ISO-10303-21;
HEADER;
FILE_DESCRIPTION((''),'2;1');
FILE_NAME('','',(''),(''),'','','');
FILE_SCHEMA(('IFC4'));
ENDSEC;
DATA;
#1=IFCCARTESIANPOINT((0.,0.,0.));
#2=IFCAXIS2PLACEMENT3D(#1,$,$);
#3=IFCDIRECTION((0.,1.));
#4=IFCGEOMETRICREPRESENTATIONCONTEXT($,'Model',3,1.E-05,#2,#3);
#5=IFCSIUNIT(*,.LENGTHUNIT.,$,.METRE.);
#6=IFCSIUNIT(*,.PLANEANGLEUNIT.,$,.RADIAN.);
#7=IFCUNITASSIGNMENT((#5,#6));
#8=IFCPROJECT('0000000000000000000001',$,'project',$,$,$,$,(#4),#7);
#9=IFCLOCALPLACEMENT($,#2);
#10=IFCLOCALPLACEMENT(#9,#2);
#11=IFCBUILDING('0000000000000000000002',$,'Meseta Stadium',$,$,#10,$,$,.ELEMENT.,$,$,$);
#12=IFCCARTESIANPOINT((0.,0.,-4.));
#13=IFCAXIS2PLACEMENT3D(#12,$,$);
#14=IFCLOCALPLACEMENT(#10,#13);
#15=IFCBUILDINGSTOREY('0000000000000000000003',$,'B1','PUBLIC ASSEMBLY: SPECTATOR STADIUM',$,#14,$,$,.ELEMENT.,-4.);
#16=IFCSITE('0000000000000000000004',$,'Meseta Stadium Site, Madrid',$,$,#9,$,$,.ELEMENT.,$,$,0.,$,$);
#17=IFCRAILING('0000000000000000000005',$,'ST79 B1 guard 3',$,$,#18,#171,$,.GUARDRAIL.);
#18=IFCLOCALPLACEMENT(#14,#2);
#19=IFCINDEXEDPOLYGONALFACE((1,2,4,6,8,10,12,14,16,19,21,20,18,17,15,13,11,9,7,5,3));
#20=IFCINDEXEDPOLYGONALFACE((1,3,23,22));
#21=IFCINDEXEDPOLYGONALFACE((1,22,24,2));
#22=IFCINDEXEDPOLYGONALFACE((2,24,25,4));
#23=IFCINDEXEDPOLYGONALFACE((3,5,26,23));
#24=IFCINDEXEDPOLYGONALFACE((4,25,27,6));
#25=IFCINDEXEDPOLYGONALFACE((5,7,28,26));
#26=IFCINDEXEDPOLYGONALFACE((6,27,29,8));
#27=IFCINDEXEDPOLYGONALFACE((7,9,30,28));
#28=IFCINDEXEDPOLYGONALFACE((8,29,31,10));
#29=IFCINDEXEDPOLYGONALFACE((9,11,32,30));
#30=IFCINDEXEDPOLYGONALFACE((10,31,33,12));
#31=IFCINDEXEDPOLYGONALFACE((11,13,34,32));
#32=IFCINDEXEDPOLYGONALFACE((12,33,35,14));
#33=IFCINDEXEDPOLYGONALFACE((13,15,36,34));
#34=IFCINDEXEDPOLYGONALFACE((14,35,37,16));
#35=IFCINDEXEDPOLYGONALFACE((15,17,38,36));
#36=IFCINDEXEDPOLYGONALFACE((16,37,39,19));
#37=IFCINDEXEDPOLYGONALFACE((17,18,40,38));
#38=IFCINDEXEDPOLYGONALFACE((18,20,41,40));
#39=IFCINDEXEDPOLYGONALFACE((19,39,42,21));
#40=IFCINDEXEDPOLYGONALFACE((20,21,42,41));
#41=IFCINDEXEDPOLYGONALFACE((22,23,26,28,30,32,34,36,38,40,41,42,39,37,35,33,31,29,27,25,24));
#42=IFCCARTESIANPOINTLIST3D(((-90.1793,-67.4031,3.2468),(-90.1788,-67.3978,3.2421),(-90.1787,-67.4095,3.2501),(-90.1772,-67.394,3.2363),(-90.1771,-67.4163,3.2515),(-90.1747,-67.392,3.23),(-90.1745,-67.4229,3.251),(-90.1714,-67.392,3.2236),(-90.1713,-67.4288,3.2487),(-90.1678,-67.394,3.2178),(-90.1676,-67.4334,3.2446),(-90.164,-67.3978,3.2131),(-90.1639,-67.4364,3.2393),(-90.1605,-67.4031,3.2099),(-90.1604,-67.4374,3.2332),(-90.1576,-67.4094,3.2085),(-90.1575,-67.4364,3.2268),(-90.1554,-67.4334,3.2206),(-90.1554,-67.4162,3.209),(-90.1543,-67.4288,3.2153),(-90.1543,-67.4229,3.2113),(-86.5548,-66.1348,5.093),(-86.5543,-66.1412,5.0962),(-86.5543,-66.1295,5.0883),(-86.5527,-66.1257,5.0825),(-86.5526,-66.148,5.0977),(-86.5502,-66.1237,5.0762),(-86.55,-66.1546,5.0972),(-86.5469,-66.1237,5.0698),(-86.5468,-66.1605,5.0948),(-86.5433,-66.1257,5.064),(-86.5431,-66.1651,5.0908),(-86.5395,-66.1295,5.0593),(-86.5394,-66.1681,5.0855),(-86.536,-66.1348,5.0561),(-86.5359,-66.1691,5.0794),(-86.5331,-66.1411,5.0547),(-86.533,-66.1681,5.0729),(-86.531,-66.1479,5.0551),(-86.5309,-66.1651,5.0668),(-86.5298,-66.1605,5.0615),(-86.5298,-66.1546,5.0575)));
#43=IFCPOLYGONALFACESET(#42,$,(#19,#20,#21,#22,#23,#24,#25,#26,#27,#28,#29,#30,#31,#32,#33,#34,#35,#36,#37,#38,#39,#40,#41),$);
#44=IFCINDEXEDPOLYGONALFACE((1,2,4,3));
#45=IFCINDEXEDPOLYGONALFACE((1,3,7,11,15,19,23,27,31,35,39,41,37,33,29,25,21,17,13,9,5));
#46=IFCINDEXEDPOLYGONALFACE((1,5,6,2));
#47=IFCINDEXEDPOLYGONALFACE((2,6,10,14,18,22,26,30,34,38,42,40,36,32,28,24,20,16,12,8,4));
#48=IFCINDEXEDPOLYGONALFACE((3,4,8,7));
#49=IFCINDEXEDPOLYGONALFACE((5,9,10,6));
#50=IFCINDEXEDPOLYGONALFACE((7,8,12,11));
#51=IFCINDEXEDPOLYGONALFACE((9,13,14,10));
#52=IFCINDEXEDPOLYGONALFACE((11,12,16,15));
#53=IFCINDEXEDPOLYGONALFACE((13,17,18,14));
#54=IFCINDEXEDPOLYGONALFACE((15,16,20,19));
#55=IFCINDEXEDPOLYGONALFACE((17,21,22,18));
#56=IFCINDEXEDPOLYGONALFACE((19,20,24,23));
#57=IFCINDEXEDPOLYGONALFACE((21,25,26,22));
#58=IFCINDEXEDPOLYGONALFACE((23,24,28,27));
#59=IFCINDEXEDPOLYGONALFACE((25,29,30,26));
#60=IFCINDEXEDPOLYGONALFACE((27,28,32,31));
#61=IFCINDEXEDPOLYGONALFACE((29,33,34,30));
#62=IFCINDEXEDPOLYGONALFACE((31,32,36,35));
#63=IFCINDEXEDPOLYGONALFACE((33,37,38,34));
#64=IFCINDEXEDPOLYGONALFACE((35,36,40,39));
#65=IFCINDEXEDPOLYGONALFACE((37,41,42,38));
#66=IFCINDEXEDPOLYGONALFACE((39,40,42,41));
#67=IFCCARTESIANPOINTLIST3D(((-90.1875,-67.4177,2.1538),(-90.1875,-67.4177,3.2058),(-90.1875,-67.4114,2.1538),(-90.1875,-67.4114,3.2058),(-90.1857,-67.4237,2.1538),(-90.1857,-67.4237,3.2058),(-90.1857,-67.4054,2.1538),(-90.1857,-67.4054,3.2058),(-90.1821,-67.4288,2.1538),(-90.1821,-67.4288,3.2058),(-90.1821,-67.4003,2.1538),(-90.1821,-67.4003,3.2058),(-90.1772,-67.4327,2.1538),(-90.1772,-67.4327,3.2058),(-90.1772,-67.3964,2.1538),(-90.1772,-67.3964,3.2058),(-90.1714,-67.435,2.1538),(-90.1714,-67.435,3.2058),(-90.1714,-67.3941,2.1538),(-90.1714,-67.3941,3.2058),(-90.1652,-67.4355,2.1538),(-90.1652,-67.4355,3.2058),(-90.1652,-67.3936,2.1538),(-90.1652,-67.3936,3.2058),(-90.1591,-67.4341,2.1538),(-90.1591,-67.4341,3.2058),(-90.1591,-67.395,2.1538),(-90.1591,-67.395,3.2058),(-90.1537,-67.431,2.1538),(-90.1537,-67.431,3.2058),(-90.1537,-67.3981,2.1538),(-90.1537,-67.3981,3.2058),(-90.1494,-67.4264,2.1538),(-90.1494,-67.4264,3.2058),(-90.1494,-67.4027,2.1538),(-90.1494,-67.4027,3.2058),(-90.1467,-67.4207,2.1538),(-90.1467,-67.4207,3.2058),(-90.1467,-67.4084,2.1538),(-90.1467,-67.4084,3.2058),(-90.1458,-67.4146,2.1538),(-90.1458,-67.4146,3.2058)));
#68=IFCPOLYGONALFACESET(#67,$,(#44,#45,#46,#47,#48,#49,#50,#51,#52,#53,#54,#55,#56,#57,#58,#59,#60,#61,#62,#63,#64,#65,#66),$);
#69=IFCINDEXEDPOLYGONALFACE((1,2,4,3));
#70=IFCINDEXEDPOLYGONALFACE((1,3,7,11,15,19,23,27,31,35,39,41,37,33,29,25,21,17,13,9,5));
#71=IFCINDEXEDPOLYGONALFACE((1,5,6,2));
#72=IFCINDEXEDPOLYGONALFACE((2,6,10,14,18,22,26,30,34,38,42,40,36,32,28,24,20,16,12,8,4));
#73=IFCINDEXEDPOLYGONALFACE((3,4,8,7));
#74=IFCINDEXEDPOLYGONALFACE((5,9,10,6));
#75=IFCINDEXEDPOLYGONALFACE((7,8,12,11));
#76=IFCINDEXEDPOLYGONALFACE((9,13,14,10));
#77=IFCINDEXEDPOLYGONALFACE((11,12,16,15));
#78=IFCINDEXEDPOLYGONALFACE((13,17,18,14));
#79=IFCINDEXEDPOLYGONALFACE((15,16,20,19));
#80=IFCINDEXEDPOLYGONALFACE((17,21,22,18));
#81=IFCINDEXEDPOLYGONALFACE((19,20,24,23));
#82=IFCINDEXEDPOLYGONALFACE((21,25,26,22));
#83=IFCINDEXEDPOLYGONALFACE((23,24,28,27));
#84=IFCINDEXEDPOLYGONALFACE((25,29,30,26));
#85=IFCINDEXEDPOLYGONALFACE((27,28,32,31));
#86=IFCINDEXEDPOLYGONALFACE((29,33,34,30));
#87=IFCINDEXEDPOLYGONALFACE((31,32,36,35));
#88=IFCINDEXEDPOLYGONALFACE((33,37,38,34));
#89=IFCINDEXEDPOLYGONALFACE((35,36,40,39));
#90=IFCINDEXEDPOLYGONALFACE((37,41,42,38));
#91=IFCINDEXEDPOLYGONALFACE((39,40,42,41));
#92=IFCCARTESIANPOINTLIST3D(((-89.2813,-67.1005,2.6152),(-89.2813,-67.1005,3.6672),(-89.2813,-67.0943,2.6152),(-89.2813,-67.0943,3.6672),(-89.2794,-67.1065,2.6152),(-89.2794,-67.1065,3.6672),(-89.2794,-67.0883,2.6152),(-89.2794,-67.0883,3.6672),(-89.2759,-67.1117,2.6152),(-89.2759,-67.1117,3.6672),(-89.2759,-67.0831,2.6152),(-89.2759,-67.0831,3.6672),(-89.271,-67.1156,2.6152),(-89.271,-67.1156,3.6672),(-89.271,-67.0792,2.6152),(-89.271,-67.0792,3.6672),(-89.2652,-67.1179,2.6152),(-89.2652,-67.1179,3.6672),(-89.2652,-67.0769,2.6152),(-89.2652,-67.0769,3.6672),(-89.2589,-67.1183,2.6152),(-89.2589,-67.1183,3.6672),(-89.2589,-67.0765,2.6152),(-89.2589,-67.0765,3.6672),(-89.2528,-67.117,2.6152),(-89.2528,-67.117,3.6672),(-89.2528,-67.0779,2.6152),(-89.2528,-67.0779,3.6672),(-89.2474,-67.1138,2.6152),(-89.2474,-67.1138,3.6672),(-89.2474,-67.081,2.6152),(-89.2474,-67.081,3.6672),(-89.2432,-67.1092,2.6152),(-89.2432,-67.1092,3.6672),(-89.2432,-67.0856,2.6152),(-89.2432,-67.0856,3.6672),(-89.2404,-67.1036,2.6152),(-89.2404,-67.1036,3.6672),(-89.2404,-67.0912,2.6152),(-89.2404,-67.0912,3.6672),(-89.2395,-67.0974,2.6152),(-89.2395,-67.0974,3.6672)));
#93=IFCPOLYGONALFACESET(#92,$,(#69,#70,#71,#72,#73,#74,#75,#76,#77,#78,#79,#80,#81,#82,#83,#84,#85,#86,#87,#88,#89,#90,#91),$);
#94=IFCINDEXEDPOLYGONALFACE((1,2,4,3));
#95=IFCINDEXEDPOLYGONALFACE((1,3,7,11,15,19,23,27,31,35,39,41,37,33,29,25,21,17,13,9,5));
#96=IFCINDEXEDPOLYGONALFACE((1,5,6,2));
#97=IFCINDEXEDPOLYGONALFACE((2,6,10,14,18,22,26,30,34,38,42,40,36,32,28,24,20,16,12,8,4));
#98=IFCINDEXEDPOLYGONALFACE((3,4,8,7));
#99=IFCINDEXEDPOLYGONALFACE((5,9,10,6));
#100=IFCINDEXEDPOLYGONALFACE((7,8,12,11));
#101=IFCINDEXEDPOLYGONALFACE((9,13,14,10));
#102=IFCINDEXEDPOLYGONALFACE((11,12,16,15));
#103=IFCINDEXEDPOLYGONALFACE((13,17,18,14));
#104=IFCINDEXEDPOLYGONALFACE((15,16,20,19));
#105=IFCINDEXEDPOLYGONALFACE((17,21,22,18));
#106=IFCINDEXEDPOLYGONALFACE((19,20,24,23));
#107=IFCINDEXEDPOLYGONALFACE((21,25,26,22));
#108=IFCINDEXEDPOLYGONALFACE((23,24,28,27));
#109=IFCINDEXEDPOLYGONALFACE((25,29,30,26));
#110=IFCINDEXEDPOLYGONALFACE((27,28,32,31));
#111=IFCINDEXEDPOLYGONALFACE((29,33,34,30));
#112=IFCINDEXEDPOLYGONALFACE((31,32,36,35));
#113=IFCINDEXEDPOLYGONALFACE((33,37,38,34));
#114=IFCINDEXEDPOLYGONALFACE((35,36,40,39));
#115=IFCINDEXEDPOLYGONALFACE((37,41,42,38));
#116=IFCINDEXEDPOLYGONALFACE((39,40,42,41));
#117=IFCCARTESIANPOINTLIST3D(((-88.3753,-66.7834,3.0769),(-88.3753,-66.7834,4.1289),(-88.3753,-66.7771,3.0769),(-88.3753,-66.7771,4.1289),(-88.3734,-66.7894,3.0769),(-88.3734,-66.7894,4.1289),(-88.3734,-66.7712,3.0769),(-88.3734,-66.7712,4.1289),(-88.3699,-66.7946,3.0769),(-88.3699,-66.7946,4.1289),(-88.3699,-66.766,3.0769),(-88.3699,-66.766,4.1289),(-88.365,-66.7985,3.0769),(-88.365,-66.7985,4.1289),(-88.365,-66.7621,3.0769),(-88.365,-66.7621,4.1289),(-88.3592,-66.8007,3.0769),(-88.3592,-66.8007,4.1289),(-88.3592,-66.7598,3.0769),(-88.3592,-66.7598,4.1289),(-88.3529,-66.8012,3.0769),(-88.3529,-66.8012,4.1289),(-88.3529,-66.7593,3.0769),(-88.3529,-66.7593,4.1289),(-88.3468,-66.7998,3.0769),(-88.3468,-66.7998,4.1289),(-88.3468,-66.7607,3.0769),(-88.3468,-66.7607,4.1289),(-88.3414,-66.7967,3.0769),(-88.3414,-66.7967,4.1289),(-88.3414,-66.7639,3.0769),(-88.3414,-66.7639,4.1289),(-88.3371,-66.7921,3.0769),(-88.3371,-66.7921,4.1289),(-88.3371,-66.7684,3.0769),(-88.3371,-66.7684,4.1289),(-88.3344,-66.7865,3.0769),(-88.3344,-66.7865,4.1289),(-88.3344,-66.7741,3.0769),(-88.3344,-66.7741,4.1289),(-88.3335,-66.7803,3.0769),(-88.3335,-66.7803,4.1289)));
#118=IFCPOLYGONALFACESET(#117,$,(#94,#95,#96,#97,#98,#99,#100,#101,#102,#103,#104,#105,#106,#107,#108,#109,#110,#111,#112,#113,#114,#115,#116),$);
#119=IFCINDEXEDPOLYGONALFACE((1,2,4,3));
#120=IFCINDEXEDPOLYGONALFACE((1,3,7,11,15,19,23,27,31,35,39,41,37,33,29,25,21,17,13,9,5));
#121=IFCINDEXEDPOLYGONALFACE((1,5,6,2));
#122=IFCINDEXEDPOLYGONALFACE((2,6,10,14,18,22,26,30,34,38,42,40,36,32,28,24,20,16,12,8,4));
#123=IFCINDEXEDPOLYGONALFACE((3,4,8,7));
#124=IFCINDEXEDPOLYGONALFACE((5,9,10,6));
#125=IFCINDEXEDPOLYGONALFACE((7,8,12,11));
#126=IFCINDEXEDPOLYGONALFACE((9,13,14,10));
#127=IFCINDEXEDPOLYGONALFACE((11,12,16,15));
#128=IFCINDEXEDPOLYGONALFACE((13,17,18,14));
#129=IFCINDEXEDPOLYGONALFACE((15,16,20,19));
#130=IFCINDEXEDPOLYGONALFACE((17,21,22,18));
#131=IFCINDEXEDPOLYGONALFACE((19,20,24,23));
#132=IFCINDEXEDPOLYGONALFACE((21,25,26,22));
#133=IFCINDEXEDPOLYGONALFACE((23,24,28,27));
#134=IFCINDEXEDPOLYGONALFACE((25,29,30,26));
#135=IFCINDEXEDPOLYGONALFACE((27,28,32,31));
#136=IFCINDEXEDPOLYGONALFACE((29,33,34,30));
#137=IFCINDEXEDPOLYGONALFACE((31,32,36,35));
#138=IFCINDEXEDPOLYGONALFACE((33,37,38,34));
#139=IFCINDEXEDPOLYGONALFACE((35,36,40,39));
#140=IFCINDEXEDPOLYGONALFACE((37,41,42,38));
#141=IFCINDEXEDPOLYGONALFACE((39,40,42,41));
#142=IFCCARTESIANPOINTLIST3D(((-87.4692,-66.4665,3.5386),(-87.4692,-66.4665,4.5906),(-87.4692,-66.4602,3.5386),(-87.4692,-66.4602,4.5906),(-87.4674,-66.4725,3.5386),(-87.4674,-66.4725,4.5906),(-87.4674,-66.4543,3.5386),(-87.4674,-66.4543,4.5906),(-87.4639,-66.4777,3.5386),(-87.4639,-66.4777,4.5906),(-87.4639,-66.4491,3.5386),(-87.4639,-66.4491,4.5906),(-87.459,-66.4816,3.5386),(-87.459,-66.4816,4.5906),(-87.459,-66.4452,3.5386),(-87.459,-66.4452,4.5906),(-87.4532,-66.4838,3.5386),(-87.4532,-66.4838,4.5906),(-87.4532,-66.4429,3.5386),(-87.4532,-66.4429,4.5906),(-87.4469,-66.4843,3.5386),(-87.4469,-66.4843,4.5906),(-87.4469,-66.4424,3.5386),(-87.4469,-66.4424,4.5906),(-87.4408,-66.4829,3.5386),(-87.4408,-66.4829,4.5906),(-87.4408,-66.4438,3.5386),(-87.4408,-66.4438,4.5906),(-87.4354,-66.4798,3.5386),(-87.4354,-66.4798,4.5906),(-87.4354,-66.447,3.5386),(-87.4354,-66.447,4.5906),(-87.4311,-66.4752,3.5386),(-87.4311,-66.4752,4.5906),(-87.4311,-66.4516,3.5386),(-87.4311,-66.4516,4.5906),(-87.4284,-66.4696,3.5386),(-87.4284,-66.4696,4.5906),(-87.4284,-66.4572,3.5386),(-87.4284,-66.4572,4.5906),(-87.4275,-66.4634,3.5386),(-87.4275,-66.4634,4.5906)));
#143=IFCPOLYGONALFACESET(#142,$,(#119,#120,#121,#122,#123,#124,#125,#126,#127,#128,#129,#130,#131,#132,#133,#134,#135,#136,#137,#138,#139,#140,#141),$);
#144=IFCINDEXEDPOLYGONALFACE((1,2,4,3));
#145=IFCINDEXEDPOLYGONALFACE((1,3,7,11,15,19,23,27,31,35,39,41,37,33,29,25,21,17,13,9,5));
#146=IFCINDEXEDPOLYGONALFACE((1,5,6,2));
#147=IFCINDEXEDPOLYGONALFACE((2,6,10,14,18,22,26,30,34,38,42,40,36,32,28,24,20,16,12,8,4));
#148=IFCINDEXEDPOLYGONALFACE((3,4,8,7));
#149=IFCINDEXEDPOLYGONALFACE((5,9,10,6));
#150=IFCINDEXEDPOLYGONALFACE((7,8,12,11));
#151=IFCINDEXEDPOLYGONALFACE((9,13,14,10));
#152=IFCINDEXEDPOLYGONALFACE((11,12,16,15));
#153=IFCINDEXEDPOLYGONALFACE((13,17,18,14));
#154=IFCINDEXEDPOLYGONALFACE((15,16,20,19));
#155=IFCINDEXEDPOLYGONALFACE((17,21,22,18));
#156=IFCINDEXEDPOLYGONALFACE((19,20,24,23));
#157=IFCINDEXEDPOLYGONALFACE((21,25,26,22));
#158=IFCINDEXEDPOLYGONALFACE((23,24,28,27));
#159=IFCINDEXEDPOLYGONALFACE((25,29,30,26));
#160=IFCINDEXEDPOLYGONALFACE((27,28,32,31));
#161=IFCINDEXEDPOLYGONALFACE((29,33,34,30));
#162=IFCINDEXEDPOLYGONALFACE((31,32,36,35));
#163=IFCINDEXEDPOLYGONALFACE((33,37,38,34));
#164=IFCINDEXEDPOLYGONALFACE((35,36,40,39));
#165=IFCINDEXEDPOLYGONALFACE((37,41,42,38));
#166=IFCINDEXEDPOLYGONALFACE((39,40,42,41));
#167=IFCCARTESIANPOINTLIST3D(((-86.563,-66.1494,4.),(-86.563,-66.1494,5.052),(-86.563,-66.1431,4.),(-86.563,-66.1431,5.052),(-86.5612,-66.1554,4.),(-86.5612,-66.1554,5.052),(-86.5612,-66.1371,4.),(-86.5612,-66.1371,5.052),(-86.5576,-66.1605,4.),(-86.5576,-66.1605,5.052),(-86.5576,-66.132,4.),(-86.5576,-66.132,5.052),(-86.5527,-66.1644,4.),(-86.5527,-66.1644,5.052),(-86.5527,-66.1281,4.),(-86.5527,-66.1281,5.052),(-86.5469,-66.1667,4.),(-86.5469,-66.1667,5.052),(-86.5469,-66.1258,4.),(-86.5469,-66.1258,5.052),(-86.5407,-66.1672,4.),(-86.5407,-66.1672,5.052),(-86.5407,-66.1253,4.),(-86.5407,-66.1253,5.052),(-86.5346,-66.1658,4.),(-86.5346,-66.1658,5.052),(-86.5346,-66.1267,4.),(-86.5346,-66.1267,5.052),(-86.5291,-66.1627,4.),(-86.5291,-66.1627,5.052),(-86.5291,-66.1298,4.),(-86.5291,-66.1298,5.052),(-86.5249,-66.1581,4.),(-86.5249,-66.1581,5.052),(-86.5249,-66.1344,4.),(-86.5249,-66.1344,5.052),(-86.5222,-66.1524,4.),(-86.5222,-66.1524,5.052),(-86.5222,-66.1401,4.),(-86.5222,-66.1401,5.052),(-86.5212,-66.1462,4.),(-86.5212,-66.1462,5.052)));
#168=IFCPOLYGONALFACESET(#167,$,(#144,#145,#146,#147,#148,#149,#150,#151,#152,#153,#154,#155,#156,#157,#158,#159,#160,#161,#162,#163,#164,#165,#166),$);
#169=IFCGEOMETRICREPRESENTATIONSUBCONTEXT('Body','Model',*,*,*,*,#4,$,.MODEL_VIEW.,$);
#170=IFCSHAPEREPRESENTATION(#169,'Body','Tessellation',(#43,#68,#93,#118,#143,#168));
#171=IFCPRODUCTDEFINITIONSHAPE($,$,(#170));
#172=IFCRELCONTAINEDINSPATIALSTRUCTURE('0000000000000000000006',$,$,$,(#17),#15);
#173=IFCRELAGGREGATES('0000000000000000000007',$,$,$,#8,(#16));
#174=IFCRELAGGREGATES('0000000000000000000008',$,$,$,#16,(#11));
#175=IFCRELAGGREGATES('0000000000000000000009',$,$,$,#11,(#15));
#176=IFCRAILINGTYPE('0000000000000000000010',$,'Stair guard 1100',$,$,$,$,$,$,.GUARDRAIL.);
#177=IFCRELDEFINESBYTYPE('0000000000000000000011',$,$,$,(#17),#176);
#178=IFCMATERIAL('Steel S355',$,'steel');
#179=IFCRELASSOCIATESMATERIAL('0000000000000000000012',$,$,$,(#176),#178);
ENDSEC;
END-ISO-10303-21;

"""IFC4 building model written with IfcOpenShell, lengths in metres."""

from ifc_helpers import new_model, si_unit, direction, frame, origin, origin_2d, place, context, subcontext, project, spatial, circle, extrude, material, type_object, element, save


model = new_model("IFC4")

# Units and contexts
model_context = context("Model", 3, precision=1e-05, world=origin(), true_north=direction((0.0, 1.0)))
body_context = subcontext(model_context, "Body", "Model", "MODEL_VIEW")
ifc_project = project(units=[si_unit("LENGTHUNIT", "METRE"), si_unit("PLANEANGLEUNIT", "RADIAN")], contexts=[model_context])

# Site, building, storey
site_placement = place(None, origin())
site = spatial("IfcSite", under=ifc_project, at=site_placement, Name="Meseta Stadium Site, Madrid", CompositionType="ELEMENT", RefElevation=0.0)
building_placement = place(site_placement, origin())
building = spatial("IfcBuilding", under=site, at=building_placement, Name="Meseta Stadium", CompositionType="ELEMENT")
storey_placement = place(building_placement, frame((0.0, 0.0, -4.0)))
storey = spatial("IfcBuildingStorey", under=building, at=storey_placement, Name="B1", Description="PUBLIC ASSEMBLY: SPECTATOR STADIUM", CompositionType="ELEMENT", Elevation=-4.0)

# Railing
ifc_material_1 = material(Name="Steel S355", Category="steel")
railing_type_1 = type_object("IfcRailingType", Name="Stair guard 1100", PredefinedType="GUARDRAIL", material=ifc_material_1)
railing_1_placement = place(storey_placement, frame((-90.1667, -67.4146, 2.1538)))
element("IfcRailing", 1, at=railing_1_placement, inside=storey, type_object=railing_type_1, Name="ST79 B1 guard 3", PredefinedType="GUARDRAIL", context=body_context, shape_type="SweptSolid", body=[
    extrude(circle(Radius=0.0239, at=origin_2d()), frame((0.0, 0.0, 1.0762), z_axis=(0.850672, 0.297672, 0.4333), x_axis=(-0.330288, 0.94388, 0.0)), (0.0, 0.0, 1.0), 4.2607),
    extrude(circle(Radius=0.021, at=origin_2d()), origin(), (0.0, 0.0, 1.0), 1.052),
    extrude(circle(Radius=0.021, at=origin_2d()), frame((0.9062, 0.3171, 0.4614)), (0.0, 0.0, 1.0), 1.052),
    extrude(circle(Radius=0.021, at=origin_2d()), frame((1.8123, 0.6343, 0.9231)), (0.0, 0.0, 1.0), 1.052),
    extrude(circle(Radius=0.021, at=origin_2d()), frame((2.7183, 0.9512, 1.3848)), (0.0, 0.0, 1.0), 1.052),
    extrude(circle(Radius=0.021, at=origin_2d()), frame((3.6245, 1.2683, 1.8462)), (0.0, 0.0, 1.0), 1.052),
])

save(model, "model.ifc")
